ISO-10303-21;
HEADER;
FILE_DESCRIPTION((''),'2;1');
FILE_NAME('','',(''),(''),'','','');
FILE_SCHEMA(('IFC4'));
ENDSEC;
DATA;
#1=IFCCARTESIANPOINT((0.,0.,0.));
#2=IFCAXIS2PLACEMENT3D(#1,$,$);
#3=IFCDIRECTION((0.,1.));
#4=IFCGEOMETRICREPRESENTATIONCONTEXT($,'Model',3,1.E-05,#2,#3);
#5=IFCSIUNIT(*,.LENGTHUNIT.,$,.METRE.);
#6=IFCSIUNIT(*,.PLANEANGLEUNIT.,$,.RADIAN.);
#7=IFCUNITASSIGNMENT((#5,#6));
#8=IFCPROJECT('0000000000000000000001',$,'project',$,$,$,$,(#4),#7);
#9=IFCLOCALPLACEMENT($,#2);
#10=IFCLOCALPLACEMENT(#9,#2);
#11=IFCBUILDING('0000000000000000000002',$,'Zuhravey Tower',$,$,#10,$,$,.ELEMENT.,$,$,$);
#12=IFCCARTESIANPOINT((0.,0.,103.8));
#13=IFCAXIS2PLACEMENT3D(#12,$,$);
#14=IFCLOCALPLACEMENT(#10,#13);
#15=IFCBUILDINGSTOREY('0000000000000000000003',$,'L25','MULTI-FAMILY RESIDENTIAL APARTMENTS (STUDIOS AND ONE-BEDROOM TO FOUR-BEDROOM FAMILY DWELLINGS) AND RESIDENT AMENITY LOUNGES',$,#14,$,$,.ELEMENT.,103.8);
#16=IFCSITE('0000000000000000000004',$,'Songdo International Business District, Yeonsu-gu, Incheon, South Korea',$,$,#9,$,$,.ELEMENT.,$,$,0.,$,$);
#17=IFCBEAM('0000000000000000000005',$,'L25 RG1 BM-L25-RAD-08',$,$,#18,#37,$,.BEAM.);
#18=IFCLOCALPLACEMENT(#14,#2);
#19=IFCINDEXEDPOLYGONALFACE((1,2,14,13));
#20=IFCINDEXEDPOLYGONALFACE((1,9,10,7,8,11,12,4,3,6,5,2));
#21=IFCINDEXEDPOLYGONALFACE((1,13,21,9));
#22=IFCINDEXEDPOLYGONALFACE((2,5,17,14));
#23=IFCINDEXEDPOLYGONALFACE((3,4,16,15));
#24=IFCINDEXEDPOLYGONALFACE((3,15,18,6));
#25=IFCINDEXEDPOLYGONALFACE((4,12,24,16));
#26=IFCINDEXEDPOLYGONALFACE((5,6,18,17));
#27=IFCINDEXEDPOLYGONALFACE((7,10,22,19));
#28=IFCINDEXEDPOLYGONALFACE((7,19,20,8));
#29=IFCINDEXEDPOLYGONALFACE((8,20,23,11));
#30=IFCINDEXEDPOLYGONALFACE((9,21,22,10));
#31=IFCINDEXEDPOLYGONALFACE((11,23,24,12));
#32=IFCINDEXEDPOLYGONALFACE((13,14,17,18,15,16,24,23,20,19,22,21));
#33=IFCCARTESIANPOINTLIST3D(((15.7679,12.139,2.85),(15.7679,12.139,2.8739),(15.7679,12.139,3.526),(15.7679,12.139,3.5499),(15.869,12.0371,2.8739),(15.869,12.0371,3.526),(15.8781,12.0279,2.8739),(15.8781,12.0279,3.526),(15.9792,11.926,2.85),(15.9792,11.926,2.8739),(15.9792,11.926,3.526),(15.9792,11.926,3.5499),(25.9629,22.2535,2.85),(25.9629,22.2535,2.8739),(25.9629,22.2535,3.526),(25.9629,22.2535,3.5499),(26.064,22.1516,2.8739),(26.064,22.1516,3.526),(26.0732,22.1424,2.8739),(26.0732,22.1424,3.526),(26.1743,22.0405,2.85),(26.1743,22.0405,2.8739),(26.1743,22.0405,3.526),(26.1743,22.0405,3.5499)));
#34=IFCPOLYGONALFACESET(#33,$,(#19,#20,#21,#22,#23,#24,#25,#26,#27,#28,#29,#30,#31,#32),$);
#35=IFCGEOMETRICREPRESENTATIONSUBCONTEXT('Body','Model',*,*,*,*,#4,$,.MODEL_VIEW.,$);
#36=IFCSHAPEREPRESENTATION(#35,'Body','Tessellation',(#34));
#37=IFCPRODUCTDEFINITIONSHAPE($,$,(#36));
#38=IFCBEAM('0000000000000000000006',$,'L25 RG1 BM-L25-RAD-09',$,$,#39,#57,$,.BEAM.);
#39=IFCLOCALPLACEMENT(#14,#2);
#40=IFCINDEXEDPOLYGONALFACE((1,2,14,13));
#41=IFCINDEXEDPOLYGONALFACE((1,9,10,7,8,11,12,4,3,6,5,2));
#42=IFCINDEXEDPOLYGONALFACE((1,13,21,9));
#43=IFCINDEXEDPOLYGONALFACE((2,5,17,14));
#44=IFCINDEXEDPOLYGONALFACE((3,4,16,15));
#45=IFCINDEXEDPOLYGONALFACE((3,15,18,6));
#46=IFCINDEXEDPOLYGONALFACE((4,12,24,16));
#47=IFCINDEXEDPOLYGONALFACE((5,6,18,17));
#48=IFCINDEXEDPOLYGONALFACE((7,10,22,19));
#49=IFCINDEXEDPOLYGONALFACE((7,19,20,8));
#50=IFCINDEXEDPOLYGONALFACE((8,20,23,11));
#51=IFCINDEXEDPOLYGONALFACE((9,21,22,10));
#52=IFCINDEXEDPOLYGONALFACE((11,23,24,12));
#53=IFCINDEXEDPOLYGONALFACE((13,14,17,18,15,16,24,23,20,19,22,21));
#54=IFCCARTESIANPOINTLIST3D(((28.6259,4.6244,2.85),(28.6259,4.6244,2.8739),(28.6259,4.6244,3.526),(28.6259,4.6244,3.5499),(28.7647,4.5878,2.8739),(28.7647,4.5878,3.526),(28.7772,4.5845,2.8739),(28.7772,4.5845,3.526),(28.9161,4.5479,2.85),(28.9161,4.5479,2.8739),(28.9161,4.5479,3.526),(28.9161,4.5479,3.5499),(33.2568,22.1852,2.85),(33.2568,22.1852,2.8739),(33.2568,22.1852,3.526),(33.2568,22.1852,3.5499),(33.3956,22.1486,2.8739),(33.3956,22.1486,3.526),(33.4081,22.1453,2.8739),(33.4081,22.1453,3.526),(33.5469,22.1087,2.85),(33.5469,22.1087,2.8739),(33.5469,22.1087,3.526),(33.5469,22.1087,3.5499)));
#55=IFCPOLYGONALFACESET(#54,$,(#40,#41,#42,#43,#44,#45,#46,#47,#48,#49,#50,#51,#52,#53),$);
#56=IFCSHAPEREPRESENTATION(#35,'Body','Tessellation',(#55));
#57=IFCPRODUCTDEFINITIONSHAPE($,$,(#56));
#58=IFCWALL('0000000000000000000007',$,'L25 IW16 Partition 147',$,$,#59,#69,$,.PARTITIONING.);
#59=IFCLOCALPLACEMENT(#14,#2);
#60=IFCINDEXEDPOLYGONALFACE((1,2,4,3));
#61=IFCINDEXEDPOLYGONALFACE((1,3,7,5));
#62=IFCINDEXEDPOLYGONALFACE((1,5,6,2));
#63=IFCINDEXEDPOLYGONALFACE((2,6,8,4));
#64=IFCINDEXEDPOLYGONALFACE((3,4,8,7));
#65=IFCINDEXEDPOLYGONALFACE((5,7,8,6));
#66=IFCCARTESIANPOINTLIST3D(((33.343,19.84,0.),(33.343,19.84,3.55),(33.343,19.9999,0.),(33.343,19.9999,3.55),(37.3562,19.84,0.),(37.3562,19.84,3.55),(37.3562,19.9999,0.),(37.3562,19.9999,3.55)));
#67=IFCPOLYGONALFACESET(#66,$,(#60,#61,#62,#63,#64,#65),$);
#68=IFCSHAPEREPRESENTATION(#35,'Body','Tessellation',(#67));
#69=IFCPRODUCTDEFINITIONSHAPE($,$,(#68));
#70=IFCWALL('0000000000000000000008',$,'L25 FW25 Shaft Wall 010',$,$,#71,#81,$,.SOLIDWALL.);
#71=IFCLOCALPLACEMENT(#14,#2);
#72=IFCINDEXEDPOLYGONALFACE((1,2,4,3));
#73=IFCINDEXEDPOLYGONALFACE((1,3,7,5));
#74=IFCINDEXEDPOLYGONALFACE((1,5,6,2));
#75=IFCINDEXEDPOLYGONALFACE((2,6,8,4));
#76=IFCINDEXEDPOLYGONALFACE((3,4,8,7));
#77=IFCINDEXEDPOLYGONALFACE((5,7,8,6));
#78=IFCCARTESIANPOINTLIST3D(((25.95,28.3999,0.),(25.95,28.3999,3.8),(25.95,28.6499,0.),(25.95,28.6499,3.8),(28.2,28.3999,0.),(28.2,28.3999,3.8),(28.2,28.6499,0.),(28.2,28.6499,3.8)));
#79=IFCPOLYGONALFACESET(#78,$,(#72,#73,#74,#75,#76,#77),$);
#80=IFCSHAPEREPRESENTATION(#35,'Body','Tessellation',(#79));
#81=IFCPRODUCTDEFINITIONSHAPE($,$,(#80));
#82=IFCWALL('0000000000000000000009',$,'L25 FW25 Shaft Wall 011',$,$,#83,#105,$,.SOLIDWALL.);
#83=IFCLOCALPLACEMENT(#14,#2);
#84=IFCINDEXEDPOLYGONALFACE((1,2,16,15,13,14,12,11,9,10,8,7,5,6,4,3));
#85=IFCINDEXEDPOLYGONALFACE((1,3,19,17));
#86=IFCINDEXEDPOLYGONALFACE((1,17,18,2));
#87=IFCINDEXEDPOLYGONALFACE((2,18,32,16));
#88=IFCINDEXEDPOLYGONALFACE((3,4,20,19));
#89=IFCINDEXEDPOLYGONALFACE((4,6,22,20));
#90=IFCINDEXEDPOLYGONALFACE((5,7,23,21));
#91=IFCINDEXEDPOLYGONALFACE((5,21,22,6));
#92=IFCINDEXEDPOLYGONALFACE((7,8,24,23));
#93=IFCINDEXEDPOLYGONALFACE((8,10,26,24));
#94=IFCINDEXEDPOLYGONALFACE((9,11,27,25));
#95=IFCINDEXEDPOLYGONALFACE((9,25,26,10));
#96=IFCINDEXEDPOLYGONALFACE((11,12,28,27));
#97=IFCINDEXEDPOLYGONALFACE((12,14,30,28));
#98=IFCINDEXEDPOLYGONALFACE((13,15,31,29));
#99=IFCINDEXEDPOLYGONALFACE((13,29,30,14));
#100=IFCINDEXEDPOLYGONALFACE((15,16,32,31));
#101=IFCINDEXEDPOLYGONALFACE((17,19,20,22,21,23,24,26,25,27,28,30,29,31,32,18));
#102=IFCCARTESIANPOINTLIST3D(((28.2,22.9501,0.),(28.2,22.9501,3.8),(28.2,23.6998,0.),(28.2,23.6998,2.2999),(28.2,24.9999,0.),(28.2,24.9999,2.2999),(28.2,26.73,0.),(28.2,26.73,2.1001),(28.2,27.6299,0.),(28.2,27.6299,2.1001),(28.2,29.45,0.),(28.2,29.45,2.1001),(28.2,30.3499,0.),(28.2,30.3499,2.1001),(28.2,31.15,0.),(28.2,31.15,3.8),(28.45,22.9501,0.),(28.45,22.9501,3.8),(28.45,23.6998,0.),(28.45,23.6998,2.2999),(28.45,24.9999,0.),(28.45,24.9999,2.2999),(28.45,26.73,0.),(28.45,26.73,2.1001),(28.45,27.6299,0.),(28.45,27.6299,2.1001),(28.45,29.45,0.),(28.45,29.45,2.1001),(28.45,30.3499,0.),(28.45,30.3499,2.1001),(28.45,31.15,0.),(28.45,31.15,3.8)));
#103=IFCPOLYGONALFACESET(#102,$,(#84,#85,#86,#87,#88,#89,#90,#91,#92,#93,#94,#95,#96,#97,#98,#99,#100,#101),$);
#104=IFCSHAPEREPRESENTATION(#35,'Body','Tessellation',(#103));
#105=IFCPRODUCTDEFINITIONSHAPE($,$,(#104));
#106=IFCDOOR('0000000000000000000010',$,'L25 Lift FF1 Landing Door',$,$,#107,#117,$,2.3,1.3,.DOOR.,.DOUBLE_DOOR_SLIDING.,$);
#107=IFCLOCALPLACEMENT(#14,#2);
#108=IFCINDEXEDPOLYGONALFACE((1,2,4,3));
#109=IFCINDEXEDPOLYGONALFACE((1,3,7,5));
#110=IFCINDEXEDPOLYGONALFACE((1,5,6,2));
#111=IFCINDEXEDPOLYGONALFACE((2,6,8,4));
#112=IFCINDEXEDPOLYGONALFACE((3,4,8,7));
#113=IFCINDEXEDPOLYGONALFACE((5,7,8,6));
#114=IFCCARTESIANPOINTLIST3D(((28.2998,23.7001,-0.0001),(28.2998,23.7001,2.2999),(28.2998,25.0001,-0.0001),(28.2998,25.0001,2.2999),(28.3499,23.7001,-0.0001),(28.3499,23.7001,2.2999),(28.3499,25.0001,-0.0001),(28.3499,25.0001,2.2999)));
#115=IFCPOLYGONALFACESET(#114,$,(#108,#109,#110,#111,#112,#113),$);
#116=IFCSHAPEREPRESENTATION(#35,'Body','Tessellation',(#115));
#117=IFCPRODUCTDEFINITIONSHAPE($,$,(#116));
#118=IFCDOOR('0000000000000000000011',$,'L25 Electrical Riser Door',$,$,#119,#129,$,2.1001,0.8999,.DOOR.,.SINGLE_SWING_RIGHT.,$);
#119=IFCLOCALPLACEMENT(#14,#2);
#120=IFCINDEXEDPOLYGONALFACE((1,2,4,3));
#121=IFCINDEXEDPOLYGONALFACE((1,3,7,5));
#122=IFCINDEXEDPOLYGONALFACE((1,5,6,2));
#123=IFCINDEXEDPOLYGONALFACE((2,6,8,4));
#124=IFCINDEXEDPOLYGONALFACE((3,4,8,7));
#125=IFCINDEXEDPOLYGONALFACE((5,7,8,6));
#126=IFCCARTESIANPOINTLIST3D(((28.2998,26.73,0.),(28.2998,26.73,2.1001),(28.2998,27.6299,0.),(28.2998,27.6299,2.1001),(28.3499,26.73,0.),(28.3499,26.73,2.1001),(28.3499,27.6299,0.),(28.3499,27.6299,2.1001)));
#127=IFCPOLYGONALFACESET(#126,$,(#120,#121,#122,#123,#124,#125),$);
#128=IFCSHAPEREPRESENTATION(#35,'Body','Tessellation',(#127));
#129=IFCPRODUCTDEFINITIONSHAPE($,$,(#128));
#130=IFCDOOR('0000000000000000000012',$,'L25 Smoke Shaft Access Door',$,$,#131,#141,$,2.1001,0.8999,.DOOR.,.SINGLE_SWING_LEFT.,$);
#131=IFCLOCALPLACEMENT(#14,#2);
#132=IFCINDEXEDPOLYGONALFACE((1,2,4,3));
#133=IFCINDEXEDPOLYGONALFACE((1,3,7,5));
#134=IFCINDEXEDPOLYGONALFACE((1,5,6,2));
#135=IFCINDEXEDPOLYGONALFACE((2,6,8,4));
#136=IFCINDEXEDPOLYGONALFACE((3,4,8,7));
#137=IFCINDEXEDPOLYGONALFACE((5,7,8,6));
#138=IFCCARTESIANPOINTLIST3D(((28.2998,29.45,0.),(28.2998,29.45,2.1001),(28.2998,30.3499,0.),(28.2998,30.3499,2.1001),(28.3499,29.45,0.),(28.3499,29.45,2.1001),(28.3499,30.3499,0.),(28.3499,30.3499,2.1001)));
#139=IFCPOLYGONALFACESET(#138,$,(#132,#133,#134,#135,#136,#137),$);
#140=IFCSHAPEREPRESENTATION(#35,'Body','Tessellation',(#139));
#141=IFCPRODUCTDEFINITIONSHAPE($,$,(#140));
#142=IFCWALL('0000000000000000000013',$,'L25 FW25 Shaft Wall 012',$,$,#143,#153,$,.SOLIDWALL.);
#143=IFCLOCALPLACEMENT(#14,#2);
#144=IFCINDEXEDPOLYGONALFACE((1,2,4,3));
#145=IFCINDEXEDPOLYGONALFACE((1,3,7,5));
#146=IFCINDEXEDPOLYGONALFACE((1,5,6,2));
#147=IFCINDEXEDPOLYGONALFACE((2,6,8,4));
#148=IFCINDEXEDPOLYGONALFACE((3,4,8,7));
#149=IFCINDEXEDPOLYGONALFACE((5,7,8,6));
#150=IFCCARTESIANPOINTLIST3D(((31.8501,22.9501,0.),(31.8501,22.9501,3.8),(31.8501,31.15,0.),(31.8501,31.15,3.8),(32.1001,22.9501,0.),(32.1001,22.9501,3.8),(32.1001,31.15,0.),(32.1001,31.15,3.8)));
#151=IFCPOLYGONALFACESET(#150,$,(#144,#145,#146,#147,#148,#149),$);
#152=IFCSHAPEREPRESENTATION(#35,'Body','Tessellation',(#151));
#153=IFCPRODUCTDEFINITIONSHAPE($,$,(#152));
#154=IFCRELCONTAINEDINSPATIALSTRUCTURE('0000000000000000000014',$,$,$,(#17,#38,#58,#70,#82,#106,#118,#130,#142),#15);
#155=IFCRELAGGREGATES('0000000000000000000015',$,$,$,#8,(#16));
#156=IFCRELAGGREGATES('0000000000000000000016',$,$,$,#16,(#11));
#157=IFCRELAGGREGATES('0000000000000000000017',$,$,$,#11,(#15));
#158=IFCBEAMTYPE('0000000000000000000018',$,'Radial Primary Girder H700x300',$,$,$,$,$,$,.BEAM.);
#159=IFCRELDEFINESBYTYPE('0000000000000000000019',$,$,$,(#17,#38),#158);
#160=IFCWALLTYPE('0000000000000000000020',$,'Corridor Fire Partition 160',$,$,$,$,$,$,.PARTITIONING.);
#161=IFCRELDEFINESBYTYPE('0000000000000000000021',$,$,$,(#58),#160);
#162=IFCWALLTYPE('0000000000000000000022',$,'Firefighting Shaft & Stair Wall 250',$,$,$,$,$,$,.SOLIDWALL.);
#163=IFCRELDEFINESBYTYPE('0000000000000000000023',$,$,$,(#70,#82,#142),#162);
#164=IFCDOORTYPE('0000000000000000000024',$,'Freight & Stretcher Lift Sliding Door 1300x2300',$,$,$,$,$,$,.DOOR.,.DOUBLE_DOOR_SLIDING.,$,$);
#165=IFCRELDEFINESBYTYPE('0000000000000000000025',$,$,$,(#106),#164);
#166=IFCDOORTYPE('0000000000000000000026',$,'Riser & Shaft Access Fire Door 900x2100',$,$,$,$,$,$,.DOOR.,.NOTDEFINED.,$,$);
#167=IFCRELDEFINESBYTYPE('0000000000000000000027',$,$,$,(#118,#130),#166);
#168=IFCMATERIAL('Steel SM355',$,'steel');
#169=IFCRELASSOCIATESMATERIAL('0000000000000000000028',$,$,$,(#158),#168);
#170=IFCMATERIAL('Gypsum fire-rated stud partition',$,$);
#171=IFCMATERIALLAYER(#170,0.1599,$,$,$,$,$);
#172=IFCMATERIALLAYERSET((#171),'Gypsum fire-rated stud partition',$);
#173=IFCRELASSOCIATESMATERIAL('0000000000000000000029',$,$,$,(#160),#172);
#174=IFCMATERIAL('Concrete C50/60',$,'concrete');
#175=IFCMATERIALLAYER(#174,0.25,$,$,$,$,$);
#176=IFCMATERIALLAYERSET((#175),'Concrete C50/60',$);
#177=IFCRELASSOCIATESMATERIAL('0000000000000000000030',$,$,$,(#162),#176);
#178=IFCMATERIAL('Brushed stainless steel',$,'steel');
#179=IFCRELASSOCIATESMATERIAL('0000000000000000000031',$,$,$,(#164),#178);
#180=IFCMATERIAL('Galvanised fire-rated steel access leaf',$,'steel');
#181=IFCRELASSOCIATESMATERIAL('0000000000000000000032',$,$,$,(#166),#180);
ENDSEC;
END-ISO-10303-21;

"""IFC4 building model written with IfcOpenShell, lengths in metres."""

from ifc_helpers import new_model, si_unit, direction, frame, frame_2d, origin, origin_2d, place, context, subcontext, project, spatial, rectangle, i_section, extrude, material, layer, layer_set, material_profile, profile_set, type_object, element, fill, save


model = new_model("IFC4")

# Units and contexts
model_context = context("Model", 3, precision=1e-05, world=origin(), true_north=direction((0.0, 1.0)))
body_context = subcontext(model_context, "Body", "Model", "MODEL_VIEW")
ifc_project = project(units=[si_unit("LENGTHUNIT", "METRE"), si_unit("PLANEANGLEUNIT", "RADIAN")], contexts=[model_context])

# Site, building, storey
site_placement = place(None, origin())
site = spatial("IfcSite", under=ifc_project, at=site_placement, Name="Songdo International Business District, Yeonsu-gu, Incheon, South Korea", CompositionType="ELEMENT", RefElevation=0.0)
building_placement = place(site_placement, origin())
building = spatial("IfcBuilding", under=site, at=building_placement, Name="Zuhravey Tower", CompositionType="ELEMENT")
storey_placement = place(building_placement, frame((0.0, 0.0, 103.8)))
storey = spatial("IfcBuildingStorey", under=building, at=storey_placement, Name="L25", Description="MULTI-FAMILY RESIDENTIAL APARTMENTS (STUDIOS AND ONE-BEDROOM TO FOUR-BEDROOM FAMILY DWELLINGS) AND RESIDENT AMENITY LOUNGES", CompositionType="ELEMENT", Elevation=103.8)

# Beams
ifc_material_1 = material(Name="Steel SM355", Category="steel")
ifc_material_profile = material_profile(ifc_material_1, i_section(OverallWidth=0.3, OverallDepth=0.7, WebThickness=0.0129, FlangeThickness=0.0239, at=origin_2d()), Name="H-700x300x13x24")
ifc_profile_set = profile_set([ifc_material_profile], Name="Steel SM355")
beam_type = type_object("IfcBeamType", Name="Radial Primary Girder H700x300", PredefinedType="BEAM", material=ifc_profile_set)
beam_1_placement = place(storey_placement, frame((26.0686, 22.147, 3.2), z_axis=(-0.709906, -0.704296, 0.0), x_axis=(0.704296, -0.709906, 0.0)))
element("IfcBeam", 1, at=beam_1_placement, inside=storey, type_object=beam_type, Name="L25 RG1 BM-L25-RAD-08", PredefinedType="BEAM", context=body_context, shape_type="SweptSolid", body=[
    extrude(i_section(OverallWidth=0.3, OverallDepth=0.7, WebThickness=0.0129, FlangeThickness=0.0239, at=origin_2d()), origin(), (0.0, 0.0, 1.0), 14.3611),
])
beam_2_placement = place(storey_placement, frame((33.4019, 22.147, 3.2), z_axis=(-0.254988, -0.966944, 0.0), x_axis=(0.966944, -0.254988, 0.0)))
element("IfcBeam", 2, at=beam_2_placement, inside=storey, type_object=beam_type, Name="L25 RG1 BM-L25-RAD-09", PredefinedType="BEAM", context=body_context, shape_type="SweptSolid", body=[
    extrude(i_section(OverallWidth=0.3, OverallDepth=0.7, WebThickness=0.0129, FlangeThickness=0.0239, at=origin_2d()), origin(), (0.0, 0.0, 1.0), 18.1611),
])

# Shared definitions
ifc_material_2 = material(Name="Gypsum fire-rated stud partition")
ifc_layer_1 = layer(ifc_material_2, 0.1599)
ifc_layer_set_1 = layer_set([ifc_layer_1], Name="Gypsum fire-rated stud partition")
wall_type_1 = type_object("IfcWallType", Name="Corridor Fire Partition 160", PredefinedType="PARTITIONING", material=ifc_layer_set_1)

# Walls
wall_1_placement = place(storey_placement, frame((33.343, 19.9199, 0.0), z_axis=(0.0, 0.0, 1.0), x_axis=(1.0, 0.0, 0.0)))
element("IfcWall", 3, at=wall_1_placement, inside=storey, type_object=wall_type_1, Name="L25 IW16 Partition 147", PredefinedType="PARTITIONING", context=body_context, shape_type="SweptSolid", body=[
    extrude(rectangle(XDim=4.0132, YDim=0.1599, at=frame_2d((2.0066, 0.0))), origin(), (0.0, 0.0, 1.0), 3.55),
])
ifc_material_3 = material(Name="Concrete C50/60", Category="concrete")
ifc_layer_2 = layer(ifc_material_3, 0.25)
ifc_layer_set_2 = layer_set([ifc_layer_2], Name="Concrete C50/60")
wall_type_2 = type_object("IfcWallType", Name="Firefighting Shaft & Stair Wall 250", PredefinedType="SOLIDWALL", material=ifc_layer_set_2)
wall_2_placement = place(storey_placement, frame((25.95, 28.5249, 0.0), z_axis=(0.0, 0.0, 1.0), x_axis=(1.0, 0.0, 0.0)))
element("IfcWall", 4, at=wall_2_placement, inside=storey, type_object=wall_type_2, Name="L25 FW25 Shaft Wall 010", PredefinedType="SOLIDWALL", context=body_context, shape_type="SweptSolid", body=[
    extrude(rectangle(XDim=2.25, YDim=0.25, at=frame_2d((1.125, 0.0))), origin(), (0.0, 0.0, 1.0), 3.8),
])

# Wall, openings, doors
wall_3_placement = place(storey_placement, frame((28.325, 22.95, 0.0), z_axis=(0.0, 0.0, 1.0), x_axis=(0.0, 1.0, 0.0)))
wall_3 = element("IfcWall", 5, at=wall_3_placement, inside=storey, type_object=wall_type_2, Name="L25 FW25 Shaft Wall 011", PredefinedType="SOLIDWALL", context=body_context, shape_type="SweptSolid", body=[
    extrude(rectangle(XDim=8.2, YDim=0.25, at=frame_2d((4.1001, 0.0))), origin(), (0.0, 0.0, 1.0), 3.8),
])
opening_1_placement = place(wall_3_placement, frame((0.75, 0.0, 0.0)))
opening_1 = element("IfcOpeningElement", 6, at=opening_1_placement, cuts=wall_3, PredefinedType="OPENING", context=body_context, shape_type="SweptSolid", body=[
    extrude(rectangle(XDim=1.3, YDim=2.3, at=frame_2d((0.6499, 1.1499))), frame((0.0, 0.137, 0.0), z_axis=(0.0, -1.0, 0.0), x_axis=(1.0, 0.0, 0.0)), (0.0, 0.0, 1.0), 0.2739),
])
opening_2_placement = place(wall_3_placement, frame((3.78, 0.0, 0.0)))
opening_2 = element("IfcOpeningElement", 7, at=opening_2_placement, cuts=wall_3, PredefinedType="OPENING", context=body_context, shape_type="SweptSolid", body=[
    extrude(rectangle(XDim=0.8999, YDim=2.1001, at=frame_2d((0.45, 1.05))), frame((0.0, 0.137, 0.0), z_axis=(0.0, -1.0, 0.0), x_axis=(1.0, 0.0, 0.0)), (0.0, 0.0, 1.0), 0.2739),
])
opening_3_placement = place(wall_3_placement, frame((6.5, 0.0, 0.0)))
opening_3 = element("IfcOpeningElement", 8, at=opening_3_placement, cuts=wall_3, PredefinedType="OPENING", context=body_context, shape_type="SweptSolid", body=[
    extrude(rectangle(XDim=0.8999, YDim=2.1001, at=frame_2d((0.45, 1.05))), frame((0.0, 0.137, 0.0), z_axis=(0.0, -1.0, 0.0), x_axis=(1.0, 0.0, 0.0)), (0.0, 0.0, 1.0), 0.2739),
])
ifc_material_4 = material(Name="Brushed stainless steel", Category="steel")
door_type_1 = type_object("IfcDoorType", Name="Freight & Stretcher Lift Sliding Door 1300x2300", OperationType="DOUBLE_DOOR_SLIDING", PredefinedType="DOOR", material=ifc_material_4)
door_1_placement = place(opening_1_placement, frame((1.3, 0.0, 0.0), z_axis=(0.0, 0.0, 1.0), x_axis=(-1.0, 0.0, 0.0)))
door_1 = element("IfcDoor", 9, at=door_1_placement, inside=storey, type_object=door_type_1, Name="L25 Lift FF1 Landing Door", OperationType="DOUBLE_DOOR_SLIDING", OverallHeight=2.3, OverallWidth=1.3, PredefinedType="DOOR", context=body_context, shape_type="SweptSolid", body=[
    extrude(rectangle(XDim=1.3, YDim=2.3, at=frame_2d((0.6499, 1.1499))), frame((0.0, 0.0249, 0.0), z_axis=(0.0, -1.0, 0.0), x_axis=(1.0, 0.0, 0.0)), (0.0, 0.0, 1.0), 0.05),
])
fill(opening_1, door_1)
ifc_material_5 = material(Name="Galvanised fire-rated steel access leaf", Category="steel")
door_type_2 = type_object("IfcDoorType", Name="Riser & Shaft Access Fire Door 900x2100", OperationType="NOTDEFINED", PredefinedType="DOOR", material=ifc_material_5)
door_2_placement = place(opening_2_placement, frame((0.8999, 0.0, 0.0), z_axis=(0.0, 0.0, 1.0), x_axis=(-1.0, 0.0, 0.0)))
door_2 = element("IfcDoor", 10, at=door_2_placement, inside=storey, type_object=door_type_2, Name="L25 Electrical Riser Door", OperationType="SINGLE_SWING_RIGHT", OverallHeight=2.1001, OverallWidth=0.8999, PredefinedType="DOOR", context=body_context, shape_type="SweptSolid", body=[
    extrude(rectangle(XDim=0.8999, YDim=2.1001, at=frame_2d((0.45, 1.05))), frame((0.0, 0.0249, 0.0), z_axis=(0.0, -1.0, 0.0), x_axis=(1.0, 0.0, 0.0)), (0.0, 0.0, 1.0), 0.05),
])
fill(opening_2, door_2)
door_3_placement = place(opening_3_placement, frame((0.8999, 0.0, 0.0), z_axis=(0.0, 0.0, 1.0), x_axis=(-1.0, 0.0, 0.0)))
door_3 = element("IfcDoor", 11, at=door_3_placement, inside=storey, type_object=door_type_2, Name="L25 Smoke Shaft Access Door", OperationType="SINGLE_SWING_LEFT", OverallHeight=2.1001, OverallWidth=0.8999, PredefinedType="DOOR", context=body_context, shape_type="SweptSolid", body=[
    extrude(rectangle(XDim=0.8999, YDim=2.1001, at=frame_2d((0.45, 1.05))), frame((0.0, 0.0249, 0.0), z_axis=(0.0, -1.0, 0.0), x_axis=(1.0, 0.0, 0.0)), (0.0, 0.0, 1.0), 0.05),
])
fill(opening_3, door_3)

# Wall
wall_4_placement = place(storey_placement, frame((31.9751, 22.95, 0.0), z_axis=(0.0, 0.0, 1.0), x_axis=(0.0, 1.0, 0.0)))
element("IfcWall", 12, at=wall_4_placement, inside=storey, type_object=wall_type_2, Name="L25 FW25 Shaft Wall 012", PredefinedType="SOLIDWALL", context=body_context, shape_type="SweptSolid", body=[
    extrude(rectangle(XDim=8.2, YDim=0.25, at=frame_2d((4.1001, 0.0))), origin(), (0.0, 0.0, 1.0), 3.8),
])

save(model, "model.ifc")
